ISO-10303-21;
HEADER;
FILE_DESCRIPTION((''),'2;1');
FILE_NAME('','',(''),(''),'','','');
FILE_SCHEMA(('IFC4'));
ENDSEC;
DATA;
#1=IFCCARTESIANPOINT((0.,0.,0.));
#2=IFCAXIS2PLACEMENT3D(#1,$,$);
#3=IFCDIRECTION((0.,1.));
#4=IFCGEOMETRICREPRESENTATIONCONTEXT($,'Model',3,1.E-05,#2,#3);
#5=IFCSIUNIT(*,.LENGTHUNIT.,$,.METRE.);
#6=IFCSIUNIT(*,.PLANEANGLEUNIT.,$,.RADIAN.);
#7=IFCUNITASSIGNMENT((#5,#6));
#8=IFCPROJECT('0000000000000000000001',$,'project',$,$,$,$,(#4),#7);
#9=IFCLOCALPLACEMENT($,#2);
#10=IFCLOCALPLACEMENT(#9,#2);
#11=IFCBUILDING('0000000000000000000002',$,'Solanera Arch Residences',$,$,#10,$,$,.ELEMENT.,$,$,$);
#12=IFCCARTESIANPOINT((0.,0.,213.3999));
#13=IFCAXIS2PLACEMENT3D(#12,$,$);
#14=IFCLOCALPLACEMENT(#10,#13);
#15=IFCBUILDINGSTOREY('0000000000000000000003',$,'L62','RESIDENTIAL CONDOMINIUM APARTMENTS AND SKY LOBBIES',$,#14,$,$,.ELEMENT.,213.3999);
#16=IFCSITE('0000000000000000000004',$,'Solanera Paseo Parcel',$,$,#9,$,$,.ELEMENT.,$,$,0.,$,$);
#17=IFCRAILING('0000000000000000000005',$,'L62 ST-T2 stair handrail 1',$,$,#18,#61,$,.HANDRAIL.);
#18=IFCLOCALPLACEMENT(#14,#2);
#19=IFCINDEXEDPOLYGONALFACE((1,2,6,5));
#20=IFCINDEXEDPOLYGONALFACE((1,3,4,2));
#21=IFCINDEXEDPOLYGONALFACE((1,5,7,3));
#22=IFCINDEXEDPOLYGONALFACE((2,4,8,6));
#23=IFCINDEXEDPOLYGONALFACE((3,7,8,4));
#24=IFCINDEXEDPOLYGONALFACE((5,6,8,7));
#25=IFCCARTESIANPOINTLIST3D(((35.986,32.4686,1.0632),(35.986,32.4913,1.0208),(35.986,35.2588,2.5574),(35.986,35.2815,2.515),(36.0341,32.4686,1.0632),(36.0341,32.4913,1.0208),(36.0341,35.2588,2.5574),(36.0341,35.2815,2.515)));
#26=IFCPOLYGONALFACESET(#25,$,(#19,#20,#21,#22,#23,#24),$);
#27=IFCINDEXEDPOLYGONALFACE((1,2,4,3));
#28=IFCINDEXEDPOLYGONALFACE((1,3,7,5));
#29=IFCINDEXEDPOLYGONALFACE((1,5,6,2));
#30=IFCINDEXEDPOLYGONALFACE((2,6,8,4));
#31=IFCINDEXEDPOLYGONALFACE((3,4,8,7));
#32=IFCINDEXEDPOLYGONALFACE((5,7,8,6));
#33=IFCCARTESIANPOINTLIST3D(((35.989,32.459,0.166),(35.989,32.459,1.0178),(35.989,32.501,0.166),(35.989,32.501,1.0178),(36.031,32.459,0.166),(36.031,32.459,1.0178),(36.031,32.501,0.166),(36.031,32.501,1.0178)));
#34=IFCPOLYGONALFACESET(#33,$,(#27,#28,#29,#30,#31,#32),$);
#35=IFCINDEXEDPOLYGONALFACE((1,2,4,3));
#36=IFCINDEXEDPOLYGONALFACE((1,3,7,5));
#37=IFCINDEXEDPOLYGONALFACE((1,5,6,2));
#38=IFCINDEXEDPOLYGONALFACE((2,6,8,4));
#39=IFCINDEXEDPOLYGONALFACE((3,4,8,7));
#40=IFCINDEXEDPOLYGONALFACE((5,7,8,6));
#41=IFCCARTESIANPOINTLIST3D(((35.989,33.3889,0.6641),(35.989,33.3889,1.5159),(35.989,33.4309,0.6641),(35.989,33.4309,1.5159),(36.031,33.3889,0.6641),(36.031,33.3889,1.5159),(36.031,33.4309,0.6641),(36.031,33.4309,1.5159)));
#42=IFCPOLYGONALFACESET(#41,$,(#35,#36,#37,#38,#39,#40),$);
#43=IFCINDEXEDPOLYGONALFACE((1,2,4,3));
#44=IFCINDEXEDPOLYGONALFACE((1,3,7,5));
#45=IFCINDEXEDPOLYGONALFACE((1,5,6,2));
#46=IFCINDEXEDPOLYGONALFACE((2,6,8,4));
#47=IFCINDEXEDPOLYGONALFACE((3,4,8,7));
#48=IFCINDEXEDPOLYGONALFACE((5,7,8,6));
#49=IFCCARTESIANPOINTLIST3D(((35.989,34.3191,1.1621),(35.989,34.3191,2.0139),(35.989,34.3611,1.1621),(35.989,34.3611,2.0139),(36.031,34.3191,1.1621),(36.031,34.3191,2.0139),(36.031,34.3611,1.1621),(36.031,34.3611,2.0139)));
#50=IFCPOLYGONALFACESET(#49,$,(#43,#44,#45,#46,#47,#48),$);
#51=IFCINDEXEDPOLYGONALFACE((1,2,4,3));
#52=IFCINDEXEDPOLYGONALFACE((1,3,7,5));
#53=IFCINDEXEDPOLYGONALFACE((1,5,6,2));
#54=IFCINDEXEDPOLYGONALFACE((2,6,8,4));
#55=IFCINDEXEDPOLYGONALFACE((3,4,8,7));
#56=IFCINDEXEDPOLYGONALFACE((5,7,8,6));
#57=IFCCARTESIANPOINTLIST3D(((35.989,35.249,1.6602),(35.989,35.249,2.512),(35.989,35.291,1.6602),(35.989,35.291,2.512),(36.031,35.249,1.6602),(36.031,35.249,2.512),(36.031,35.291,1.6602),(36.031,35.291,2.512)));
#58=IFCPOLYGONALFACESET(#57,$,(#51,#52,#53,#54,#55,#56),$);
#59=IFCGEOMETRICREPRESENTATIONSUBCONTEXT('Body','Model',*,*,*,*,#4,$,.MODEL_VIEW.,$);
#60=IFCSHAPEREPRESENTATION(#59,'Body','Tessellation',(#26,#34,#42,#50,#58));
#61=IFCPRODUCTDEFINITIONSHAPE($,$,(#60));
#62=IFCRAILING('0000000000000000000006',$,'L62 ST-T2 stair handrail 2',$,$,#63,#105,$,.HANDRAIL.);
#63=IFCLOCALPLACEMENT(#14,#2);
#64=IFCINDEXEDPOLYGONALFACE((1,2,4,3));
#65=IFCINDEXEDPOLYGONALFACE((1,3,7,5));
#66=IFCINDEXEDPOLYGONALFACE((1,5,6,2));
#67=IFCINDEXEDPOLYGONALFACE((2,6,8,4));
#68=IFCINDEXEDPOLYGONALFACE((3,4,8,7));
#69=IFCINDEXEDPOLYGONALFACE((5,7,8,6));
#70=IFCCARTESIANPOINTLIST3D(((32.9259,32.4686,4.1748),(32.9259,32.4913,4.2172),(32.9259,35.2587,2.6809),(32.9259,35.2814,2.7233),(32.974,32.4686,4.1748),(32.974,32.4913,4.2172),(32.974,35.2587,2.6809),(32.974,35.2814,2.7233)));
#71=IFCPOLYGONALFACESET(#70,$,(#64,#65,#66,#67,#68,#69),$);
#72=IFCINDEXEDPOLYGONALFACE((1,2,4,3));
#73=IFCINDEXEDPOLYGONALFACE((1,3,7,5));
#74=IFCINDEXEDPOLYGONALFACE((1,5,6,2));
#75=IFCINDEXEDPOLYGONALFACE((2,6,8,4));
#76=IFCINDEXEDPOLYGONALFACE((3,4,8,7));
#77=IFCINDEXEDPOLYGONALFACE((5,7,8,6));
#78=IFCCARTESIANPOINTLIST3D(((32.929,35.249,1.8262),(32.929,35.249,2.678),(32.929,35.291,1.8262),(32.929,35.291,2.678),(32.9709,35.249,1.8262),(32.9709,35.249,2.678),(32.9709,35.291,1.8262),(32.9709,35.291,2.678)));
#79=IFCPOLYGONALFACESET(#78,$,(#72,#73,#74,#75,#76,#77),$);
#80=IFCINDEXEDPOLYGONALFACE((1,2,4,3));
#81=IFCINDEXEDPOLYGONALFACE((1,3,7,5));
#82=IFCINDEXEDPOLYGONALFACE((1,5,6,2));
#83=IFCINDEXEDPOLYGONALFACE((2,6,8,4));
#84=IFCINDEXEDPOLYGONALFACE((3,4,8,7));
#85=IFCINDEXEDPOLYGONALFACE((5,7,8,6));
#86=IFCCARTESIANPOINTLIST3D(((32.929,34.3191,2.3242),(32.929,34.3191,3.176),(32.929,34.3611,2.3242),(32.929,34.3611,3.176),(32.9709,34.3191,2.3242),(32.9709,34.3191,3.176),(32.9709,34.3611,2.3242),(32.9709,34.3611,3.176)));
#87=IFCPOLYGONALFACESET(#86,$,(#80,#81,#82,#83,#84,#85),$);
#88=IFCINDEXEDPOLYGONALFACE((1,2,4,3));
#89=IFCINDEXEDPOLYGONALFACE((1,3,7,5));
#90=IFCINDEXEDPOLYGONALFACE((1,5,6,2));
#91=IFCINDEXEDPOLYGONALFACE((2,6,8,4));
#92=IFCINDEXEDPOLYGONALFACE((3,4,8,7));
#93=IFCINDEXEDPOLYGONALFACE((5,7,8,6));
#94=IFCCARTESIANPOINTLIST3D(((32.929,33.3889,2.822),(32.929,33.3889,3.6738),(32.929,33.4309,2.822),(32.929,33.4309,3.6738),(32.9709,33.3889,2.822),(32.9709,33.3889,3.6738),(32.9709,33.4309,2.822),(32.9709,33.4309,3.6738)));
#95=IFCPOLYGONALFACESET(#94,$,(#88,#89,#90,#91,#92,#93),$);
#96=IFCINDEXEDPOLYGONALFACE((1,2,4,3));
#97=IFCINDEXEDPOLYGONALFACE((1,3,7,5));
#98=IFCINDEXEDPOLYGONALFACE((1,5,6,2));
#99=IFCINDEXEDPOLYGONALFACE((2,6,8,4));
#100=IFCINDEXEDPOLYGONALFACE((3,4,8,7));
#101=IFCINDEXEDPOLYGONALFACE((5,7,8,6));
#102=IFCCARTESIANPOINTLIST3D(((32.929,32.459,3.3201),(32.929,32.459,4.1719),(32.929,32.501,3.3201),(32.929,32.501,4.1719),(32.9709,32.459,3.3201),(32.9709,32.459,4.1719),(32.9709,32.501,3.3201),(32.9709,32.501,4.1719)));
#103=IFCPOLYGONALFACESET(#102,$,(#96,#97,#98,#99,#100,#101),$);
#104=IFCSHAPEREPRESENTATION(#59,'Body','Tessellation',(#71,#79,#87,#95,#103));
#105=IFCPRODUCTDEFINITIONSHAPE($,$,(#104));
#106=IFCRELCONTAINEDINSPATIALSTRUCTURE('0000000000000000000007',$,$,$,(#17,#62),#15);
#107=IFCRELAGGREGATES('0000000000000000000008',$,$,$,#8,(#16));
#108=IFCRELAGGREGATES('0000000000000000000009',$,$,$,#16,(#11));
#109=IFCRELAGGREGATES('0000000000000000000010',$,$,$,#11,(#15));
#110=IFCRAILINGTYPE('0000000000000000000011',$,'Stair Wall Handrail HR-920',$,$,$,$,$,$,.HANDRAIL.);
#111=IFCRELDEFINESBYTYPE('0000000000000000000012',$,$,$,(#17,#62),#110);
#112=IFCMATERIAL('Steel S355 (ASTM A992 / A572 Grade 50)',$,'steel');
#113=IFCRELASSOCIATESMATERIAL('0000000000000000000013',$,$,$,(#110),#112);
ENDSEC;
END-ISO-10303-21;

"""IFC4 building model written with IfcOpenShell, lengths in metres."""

from ifc_helpers import new_model, si_unit, direction, frame, origin, origin_2d, place, context, subcontext, project, spatial, rectangle, extrude, material, type_object, element, save


model = new_model("IFC4")

# Units and contexts
model_context = context("Model", 3, precision=1e-05, world=origin(), true_north=direction((0.0, 1.0)))
body_context = subcontext(model_context, "Body", "Model", "MODEL_VIEW")
ifc_project = project(units=[si_unit("LENGTHUNIT", "METRE"), si_unit("PLANEANGLEUNIT", "RADIAN")], contexts=[model_context])

# Site, building, storey
site_placement = place(None, origin())
site = spatial("IfcSite", under=ifc_project, at=site_placement, Name="Solanera Paseo Parcel", CompositionType="ELEMENT", RefElevation=0.0)
building_placement = place(site_placement, origin())
building = spatial("IfcBuilding", under=site, at=building_placement, Name="Solanera Arch Residences", CompositionType="ELEMENT")
storey_placement = place(building_placement, frame((0.0, 0.0, 213.3999)))
storey = spatial("IfcBuildingStorey", under=building, at=storey_placement, Name="L62", Description="RESIDENTIAL CONDOMINIUM APARTMENTS AND SKY LOBBIES", CompositionType="ELEMENT", Elevation=213.3999)

# Railings
ifc_material_1 = material(Name="Steel S355 (ASTM A992 / A572 Grade 50)", Category="steel")
railing_type_1 = type_object("IfcRailingType", Name="Stair Wall Handrail HR-920", PredefinedType="HANDRAIL", material=ifc_material_1)
railing_1_placement = place(storey_placement, frame((36.01, 32.48, 0.166)))
element("IfcRailing", 1, at=railing_1_placement, inside=storey, type_object=railing_type_1, Name="L62 ST-T2 stair handrail 1", PredefinedType="HANDRAIL", context=body_context, shape_type="SweptSolid", body=[
    extrude(rectangle(XDim=0.0481, YDim=0.0481, at=origin_2d()), frame((0.0, 0.0, 0.876), z_axis=(0.0, 0.881549, 0.472093), x_axis=(-1.0, 0.0, 0.0)), (0.0, 0.0, 1.0), 3.165),
    extrude(rectangle(XDim=0.042, YDim=0.042, at=origin_2d()), origin(), (0.0, 0.0, 1.0), 0.8518),
    extrude(rectangle(XDim=0.042, YDim=0.042, at=origin_2d()), frame((0.0, 0.9299, 0.498)), (0.0, 0.0, 1.0), 0.8518),
    extrude(rectangle(XDim=0.042, YDim=0.042, at=origin_2d()), frame((0.0, 1.8601, 0.9961)), (0.0, 0.0, 1.0), 0.8518),
    extrude(rectangle(XDim=0.042, YDim=0.042, at=origin_2d()), frame((0.0, 2.79, 1.4941)), (0.0, 0.0, 1.0), 0.8518),
])
railing_2_placement = place(storey_placement, frame((32.95, 35.27, 1.8262)))
element("IfcRailing", 2, at=railing_2_placement, inside=storey, type_object=railing_type_1, Name="L62 ST-T2 stair handrail 2", PredefinedType="HANDRAIL", context=body_context, shape_type="SweptSolid", body=[
    extrude(rectangle(XDim=0.0481, YDim=0.0481, at=origin_2d()), frame((0.0, 0.0, 0.876), z_axis=(0.0, -0.881581, 0.472033), x_axis=(1.0, 0.0, 0.0)), (0.0, 0.0, 1.0), 3.1648),
    extrude(rectangle(XDim=0.042, YDim=0.042, at=origin_2d()), origin(), (0.0, 0.0, 1.0), 0.8518),
    extrude(rectangle(XDim=0.042, YDim=0.042, at=origin_2d()), frame((0.0, -0.9299, 0.498)), (0.0, 0.0, 1.0), 0.8518),
    extrude(rectangle(XDim=0.042, YDim=0.042, at=origin_2d()), frame((0.0, -1.8601, 0.9958)), (0.0, 0.0, 1.0), 0.8518),
    extrude(rectangle(XDim=0.042, YDim=0.042, at=origin_2d()), frame((0.0, -2.79, 1.4939)), (0.0, 0.0, 1.0), 0.8518),
])

save(model, "model.ifc")
